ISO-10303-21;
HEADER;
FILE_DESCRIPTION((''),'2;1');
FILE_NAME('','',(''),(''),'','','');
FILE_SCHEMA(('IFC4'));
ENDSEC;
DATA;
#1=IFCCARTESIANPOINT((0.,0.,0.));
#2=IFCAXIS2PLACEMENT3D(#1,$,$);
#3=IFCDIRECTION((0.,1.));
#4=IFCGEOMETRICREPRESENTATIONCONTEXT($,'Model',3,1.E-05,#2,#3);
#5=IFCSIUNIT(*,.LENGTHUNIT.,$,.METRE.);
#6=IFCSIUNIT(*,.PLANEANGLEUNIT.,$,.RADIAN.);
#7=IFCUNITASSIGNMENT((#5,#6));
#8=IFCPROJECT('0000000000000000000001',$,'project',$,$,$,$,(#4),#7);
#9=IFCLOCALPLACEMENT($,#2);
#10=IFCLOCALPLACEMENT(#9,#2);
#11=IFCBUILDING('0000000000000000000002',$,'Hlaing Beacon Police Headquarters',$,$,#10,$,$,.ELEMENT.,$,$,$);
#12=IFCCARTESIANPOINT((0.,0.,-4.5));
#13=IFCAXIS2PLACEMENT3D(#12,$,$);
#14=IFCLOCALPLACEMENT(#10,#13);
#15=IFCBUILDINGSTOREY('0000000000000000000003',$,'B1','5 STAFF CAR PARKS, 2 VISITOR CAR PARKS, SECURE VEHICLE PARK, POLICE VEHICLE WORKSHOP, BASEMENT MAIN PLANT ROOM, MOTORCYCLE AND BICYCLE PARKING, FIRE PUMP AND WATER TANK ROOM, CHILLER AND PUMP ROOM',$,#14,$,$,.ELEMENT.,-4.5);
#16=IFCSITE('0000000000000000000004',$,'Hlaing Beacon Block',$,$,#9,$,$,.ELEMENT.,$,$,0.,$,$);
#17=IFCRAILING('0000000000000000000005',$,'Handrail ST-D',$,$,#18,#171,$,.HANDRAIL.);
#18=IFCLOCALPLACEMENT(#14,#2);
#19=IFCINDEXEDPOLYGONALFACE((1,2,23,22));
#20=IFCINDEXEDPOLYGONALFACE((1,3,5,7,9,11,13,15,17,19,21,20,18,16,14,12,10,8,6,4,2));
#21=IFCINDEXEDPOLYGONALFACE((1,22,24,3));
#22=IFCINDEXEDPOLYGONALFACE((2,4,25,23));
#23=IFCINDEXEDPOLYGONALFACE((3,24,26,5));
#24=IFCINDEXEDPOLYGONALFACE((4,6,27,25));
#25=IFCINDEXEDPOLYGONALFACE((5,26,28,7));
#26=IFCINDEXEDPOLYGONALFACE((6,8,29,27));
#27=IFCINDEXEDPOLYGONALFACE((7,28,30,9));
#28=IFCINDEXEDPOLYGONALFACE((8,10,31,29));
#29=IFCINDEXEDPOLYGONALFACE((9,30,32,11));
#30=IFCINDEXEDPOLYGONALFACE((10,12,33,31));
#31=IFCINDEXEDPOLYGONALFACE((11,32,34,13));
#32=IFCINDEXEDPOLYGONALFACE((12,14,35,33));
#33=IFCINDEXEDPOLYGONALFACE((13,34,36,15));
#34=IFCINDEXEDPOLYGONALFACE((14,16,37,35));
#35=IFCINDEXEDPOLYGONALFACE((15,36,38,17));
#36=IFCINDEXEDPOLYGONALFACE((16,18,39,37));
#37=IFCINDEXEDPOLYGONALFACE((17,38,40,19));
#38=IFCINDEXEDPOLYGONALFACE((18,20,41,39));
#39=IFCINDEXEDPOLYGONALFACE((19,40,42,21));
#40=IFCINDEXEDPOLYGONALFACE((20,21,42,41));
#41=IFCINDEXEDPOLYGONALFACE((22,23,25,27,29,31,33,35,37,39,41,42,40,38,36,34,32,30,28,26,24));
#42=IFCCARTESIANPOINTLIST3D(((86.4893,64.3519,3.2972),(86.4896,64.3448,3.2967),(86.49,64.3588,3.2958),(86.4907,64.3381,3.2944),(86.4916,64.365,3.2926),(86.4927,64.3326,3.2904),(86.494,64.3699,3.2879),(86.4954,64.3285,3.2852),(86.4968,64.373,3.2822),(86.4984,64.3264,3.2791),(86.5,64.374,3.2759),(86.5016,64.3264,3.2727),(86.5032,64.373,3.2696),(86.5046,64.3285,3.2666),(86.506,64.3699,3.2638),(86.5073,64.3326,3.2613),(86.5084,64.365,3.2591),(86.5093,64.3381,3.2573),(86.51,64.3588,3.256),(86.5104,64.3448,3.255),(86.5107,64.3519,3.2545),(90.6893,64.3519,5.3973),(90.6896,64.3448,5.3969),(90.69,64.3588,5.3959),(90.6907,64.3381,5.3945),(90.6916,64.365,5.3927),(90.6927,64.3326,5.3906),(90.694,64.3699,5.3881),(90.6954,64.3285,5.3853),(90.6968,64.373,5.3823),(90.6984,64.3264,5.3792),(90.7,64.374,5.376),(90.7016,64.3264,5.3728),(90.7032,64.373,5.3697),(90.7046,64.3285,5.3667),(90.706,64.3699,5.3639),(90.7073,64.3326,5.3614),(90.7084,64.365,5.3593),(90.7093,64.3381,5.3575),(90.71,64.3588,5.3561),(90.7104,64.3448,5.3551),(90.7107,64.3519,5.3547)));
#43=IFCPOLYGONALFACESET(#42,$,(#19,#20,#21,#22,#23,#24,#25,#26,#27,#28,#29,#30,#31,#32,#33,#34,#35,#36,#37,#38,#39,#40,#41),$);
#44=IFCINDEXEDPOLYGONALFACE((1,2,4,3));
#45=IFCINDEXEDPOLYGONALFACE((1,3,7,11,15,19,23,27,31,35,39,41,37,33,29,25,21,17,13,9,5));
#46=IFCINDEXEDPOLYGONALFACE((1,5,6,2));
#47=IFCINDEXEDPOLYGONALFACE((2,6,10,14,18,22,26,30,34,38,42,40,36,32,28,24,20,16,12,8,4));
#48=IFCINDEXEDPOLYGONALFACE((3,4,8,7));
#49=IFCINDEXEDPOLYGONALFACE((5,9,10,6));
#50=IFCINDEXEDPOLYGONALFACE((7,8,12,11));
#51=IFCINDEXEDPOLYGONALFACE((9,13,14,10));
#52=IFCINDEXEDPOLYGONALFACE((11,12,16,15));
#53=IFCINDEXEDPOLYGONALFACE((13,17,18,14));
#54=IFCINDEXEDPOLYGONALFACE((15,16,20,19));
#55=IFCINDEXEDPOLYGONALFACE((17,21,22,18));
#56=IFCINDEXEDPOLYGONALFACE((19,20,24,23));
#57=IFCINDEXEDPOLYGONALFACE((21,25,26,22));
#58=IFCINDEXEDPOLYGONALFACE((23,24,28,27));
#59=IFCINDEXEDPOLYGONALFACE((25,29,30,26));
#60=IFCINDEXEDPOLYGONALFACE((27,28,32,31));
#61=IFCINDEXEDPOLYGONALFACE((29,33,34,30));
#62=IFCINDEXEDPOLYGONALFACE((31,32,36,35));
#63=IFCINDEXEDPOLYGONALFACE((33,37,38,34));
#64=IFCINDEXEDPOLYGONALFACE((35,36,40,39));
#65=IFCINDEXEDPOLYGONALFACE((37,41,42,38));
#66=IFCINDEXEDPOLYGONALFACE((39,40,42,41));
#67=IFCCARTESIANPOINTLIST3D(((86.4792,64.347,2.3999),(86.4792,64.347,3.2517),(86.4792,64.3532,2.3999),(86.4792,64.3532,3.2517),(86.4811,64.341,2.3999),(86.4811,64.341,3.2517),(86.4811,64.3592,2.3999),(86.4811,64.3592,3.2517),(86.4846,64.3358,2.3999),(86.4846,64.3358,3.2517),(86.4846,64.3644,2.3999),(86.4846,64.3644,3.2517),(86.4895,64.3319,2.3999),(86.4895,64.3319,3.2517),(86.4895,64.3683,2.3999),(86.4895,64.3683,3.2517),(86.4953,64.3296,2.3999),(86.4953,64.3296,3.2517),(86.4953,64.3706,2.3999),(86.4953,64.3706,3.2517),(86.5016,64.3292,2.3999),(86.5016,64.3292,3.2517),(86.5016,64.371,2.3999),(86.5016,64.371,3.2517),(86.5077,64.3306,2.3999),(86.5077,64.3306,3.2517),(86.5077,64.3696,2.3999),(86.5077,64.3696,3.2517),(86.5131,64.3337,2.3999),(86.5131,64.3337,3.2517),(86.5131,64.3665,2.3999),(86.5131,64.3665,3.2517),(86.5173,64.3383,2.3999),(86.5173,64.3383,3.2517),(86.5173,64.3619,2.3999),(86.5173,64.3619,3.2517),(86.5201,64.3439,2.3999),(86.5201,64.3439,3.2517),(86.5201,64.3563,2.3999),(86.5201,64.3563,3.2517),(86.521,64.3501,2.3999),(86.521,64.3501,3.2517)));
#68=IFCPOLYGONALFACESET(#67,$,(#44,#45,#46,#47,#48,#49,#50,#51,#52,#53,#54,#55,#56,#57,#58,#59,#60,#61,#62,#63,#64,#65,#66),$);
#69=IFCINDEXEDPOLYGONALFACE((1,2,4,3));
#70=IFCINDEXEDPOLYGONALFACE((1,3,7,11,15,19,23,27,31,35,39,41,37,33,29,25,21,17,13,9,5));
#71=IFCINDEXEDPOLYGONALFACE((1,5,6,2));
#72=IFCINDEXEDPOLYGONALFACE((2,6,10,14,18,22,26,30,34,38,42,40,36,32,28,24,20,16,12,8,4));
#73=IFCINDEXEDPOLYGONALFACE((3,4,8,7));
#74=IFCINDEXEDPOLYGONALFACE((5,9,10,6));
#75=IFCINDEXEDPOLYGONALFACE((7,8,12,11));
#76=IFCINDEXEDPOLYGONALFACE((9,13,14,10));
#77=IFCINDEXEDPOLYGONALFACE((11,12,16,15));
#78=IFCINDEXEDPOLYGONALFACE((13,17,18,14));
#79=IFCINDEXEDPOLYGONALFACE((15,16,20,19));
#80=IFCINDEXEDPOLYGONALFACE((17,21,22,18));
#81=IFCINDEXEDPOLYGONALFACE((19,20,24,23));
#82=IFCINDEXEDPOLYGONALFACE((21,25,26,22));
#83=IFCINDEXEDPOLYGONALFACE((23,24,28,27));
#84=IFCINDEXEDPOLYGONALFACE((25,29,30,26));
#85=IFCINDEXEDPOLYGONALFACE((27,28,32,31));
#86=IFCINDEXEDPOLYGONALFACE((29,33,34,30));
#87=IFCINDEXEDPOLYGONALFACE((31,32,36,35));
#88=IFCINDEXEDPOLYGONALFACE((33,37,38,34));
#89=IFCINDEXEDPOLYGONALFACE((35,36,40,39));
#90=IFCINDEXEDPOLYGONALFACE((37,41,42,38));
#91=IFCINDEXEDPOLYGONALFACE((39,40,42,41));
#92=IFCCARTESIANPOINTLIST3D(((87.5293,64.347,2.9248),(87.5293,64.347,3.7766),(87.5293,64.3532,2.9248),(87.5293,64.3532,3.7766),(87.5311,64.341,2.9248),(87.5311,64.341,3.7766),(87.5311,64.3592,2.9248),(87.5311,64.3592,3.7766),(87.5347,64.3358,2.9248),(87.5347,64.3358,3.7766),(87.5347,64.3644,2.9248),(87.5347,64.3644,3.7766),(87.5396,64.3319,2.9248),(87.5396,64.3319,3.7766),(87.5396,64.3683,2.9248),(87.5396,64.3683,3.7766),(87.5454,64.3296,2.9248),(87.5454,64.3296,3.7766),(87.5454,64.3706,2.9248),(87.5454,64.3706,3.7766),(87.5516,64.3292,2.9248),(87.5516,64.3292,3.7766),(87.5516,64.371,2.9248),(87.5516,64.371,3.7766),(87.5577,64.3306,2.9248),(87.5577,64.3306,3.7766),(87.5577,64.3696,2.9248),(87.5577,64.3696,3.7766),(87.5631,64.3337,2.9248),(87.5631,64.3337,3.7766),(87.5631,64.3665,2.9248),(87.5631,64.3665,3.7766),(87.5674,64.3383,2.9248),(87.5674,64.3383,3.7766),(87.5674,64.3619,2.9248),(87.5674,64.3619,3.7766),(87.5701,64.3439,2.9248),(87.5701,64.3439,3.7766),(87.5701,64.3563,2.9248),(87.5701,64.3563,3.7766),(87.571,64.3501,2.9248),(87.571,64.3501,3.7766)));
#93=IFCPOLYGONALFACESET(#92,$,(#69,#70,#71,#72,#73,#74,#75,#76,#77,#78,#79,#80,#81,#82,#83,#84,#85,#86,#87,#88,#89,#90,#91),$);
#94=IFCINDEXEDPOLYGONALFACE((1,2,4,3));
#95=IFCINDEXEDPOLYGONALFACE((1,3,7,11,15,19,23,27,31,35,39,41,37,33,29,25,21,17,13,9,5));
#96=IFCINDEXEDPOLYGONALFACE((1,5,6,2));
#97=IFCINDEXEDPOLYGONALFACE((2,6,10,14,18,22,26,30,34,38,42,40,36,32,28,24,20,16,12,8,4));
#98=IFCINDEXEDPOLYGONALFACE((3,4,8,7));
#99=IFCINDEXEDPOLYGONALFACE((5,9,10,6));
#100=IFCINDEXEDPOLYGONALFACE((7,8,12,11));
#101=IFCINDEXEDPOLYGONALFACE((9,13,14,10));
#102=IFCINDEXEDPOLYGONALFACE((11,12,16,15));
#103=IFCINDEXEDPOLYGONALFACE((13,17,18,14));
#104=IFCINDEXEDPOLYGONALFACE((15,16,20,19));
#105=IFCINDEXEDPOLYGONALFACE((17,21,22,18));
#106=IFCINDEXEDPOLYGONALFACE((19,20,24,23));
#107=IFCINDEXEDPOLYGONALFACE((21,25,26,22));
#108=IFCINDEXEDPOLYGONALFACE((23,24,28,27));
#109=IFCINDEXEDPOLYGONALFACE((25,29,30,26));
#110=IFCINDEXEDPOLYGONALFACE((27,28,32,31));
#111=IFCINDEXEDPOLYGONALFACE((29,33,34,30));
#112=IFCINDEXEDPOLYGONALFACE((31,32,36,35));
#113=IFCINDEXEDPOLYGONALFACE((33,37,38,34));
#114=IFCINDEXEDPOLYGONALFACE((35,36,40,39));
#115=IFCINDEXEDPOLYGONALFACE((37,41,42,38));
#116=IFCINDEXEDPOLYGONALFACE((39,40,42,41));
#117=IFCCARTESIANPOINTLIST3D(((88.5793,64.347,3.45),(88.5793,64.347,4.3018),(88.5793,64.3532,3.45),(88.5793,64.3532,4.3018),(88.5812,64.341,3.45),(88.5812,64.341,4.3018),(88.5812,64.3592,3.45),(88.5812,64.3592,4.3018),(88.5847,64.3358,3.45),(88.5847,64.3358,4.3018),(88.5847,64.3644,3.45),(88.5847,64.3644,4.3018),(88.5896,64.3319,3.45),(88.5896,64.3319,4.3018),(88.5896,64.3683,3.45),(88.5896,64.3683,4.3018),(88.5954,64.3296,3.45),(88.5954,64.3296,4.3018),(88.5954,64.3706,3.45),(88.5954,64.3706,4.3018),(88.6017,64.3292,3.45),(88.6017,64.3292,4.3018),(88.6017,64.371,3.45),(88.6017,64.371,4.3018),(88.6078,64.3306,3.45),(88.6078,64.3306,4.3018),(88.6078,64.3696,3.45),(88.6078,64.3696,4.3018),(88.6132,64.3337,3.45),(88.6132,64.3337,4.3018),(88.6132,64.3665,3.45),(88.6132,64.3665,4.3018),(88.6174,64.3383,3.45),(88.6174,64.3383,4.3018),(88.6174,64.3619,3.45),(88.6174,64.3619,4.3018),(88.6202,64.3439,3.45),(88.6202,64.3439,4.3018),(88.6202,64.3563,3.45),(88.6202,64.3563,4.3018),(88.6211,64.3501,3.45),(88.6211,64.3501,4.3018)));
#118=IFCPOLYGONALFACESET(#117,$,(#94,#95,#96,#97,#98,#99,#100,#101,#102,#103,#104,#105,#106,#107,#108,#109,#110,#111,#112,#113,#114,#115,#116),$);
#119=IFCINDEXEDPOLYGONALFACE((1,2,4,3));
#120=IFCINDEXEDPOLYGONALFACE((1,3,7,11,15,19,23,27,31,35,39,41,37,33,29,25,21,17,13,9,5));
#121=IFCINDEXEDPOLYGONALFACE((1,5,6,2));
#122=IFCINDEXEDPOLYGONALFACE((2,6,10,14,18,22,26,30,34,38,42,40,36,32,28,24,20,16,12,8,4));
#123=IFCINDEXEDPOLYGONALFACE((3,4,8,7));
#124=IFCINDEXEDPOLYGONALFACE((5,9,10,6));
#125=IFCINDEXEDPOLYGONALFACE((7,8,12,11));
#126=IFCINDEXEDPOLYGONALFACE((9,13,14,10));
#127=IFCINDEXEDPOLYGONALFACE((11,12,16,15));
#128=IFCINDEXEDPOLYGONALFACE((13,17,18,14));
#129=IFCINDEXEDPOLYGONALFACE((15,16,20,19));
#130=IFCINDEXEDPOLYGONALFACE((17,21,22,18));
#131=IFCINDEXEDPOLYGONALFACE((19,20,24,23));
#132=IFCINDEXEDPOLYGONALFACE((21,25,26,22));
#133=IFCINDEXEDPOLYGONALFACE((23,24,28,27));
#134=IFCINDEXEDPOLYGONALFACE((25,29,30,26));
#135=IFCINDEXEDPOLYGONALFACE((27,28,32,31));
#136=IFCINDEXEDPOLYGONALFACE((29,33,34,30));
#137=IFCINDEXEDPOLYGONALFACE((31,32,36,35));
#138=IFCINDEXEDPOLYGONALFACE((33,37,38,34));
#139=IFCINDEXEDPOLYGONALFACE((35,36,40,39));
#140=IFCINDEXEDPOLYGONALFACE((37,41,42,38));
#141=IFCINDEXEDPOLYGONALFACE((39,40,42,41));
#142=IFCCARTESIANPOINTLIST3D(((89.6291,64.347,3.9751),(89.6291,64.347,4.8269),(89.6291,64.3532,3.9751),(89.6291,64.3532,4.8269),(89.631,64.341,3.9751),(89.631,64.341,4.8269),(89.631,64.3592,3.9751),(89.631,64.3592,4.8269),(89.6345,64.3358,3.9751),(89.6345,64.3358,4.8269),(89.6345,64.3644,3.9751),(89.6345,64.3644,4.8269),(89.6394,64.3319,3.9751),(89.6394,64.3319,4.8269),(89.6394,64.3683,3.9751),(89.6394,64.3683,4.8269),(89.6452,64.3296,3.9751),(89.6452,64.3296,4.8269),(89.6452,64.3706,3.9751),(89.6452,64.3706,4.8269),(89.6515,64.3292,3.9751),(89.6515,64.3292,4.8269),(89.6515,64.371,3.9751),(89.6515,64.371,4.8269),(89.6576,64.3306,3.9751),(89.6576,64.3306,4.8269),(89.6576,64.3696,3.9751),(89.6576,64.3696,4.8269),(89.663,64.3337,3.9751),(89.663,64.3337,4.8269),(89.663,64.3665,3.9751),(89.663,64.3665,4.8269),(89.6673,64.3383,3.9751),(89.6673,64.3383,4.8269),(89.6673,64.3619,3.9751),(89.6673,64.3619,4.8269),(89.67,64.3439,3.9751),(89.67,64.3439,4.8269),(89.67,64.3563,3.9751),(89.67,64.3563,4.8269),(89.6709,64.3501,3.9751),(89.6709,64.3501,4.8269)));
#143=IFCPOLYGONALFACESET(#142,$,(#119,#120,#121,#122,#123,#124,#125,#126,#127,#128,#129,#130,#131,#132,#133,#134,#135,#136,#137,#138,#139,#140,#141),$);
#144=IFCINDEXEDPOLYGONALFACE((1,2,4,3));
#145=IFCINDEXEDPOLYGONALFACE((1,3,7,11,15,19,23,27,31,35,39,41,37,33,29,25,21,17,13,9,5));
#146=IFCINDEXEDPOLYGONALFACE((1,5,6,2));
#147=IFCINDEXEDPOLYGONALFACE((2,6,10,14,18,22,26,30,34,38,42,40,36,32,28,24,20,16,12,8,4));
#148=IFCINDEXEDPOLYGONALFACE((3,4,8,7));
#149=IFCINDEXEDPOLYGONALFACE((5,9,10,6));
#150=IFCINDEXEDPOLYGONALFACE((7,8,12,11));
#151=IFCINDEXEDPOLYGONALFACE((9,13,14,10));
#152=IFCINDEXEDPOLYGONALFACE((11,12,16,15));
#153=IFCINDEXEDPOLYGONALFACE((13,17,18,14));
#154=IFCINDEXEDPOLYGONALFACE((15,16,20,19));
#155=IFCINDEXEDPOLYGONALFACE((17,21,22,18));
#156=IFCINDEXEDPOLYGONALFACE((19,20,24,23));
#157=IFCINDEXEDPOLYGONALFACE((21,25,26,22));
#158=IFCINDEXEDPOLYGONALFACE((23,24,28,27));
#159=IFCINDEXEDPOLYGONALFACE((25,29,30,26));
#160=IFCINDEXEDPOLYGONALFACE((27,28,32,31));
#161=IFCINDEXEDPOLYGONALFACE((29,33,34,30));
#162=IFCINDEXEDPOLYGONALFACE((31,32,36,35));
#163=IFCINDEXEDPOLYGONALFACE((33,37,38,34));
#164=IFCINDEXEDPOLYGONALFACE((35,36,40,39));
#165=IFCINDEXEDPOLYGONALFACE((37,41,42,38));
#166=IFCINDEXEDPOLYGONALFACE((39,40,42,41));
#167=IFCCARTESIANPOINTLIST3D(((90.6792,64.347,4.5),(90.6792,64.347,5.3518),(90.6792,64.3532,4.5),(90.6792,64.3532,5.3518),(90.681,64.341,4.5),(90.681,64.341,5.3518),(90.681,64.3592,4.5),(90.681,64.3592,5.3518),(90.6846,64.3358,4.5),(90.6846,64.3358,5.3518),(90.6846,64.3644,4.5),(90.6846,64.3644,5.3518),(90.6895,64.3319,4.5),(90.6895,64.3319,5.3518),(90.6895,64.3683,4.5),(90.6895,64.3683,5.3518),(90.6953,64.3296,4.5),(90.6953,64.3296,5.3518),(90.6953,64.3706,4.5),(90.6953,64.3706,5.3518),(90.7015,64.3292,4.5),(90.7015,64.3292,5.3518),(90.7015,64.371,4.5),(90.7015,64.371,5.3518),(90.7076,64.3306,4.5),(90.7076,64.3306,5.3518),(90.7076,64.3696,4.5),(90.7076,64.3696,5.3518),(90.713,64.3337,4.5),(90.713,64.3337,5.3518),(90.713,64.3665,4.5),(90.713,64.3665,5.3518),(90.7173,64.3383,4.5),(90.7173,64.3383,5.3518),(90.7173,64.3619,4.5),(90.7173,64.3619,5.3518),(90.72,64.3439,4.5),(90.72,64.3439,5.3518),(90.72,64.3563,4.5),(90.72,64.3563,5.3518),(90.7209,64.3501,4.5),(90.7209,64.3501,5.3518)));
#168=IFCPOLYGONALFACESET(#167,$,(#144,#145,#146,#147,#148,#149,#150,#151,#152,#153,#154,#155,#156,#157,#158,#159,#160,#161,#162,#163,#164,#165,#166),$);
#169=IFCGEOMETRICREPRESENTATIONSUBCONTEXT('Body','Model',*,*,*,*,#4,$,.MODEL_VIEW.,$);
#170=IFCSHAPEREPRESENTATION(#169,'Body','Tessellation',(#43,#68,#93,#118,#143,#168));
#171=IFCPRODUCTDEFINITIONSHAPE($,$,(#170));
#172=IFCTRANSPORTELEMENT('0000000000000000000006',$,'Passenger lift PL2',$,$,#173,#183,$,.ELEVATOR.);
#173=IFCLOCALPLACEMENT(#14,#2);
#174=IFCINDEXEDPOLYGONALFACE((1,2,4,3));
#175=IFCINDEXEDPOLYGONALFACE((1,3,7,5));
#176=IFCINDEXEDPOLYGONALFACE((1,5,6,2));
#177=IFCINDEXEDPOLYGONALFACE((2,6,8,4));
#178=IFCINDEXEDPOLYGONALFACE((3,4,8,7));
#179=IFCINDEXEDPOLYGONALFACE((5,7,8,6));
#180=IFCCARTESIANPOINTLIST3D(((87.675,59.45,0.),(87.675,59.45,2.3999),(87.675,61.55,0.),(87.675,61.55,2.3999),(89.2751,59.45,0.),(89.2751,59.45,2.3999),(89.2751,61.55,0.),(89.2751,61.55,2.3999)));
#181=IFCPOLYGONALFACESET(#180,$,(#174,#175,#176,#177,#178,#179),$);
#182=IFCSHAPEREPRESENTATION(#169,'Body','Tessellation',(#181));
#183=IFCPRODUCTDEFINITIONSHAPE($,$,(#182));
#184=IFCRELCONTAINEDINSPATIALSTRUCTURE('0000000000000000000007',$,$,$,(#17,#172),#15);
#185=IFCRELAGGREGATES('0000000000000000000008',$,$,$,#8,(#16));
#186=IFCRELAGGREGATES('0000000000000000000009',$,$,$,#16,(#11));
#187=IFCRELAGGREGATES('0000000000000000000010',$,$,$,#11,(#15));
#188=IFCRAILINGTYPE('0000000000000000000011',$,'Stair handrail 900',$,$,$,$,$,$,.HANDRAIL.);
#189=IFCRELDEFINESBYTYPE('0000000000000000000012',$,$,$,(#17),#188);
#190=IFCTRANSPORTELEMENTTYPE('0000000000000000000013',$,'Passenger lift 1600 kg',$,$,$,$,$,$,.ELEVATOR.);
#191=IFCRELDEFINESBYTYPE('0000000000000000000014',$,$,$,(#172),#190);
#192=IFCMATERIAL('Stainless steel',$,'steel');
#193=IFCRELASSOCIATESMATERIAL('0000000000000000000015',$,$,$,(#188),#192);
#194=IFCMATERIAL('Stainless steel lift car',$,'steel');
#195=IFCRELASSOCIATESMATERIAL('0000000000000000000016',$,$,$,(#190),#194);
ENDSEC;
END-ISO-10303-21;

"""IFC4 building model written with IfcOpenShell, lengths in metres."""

from ifc_helpers import new_model, si_unit, direction, frame, origin, origin_2d, place, context, subcontext, project, spatial, rectangle, circle, extrude, material, type_object, element, save


model = new_model("IFC4")

# Units and contexts
model_context = context("Model", 3, precision=1e-05, world=origin(), true_north=direction((0.0, 1.0)))
body_context = subcontext(model_context, "Body", "Model", "MODEL_VIEW")
ifc_project = project(units=[si_unit("LENGTHUNIT", "METRE"), si_unit("PLANEANGLEUNIT", "RADIAN")], contexts=[model_context])

# Site, building, storey
site_placement = place(None, origin())
site = spatial("IfcSite", under=ifc_project, at=site_placement, Name="Hlaing Beacon Block", CompositionType="ELEMENT", RefElevation=0.0)
building_placement = place(site_placement, origin())
building = spatial("IfcBuilding", under=site, at=building_placement, Name="Hlaing Beacon Police Headquarters", CompositionType="ELEMENT")
storey_placement = place(building_placement, frame((0.0, 0.0, -4.5)))
storey = spatial("IfcBuildingStorey", under=building, at=storey_placement, Name="B1", Description="5 STAFF CAR PARKS, 2 VISITOR CAR PARKS, SECURE VEHICLE PARK, POLICE VEHICLE WORKSHOP, BASEMENT MAIN PLANT ROOM, MOTORCYCLE AND BICYCLE PARKING, FIRE PUMP AND WATER TANK ROOM, CHILLER AND PUMP ROOM", CompositionType="ELEMENT", Elevation=-4.5)

# Railing
ifc_material_1 = material(Name="Stainless steel", Category="steel")
railing_type = type_object("IfcRailingType", Name="Stair handrail 900", PredefinedType="HANDRAIL", material=ifc_material_1)
for number, where, name in (
    (1, (86.5, 64.3501, 2.3999), "Handrail ST-D"),
):
    element("IfcRailing", number, at=place(storey_placement, frame(where)), inside=storey, type_object=railing_type, Name=name, PredefinedType="HANDRAIL", context=body_context, shape_type="SweptSolid", body=[
        extrude(circle(Radius=0.0239, at=origin_2d()), frame((0.0, 0.0, 0.876), z_axis=(0.894417, 0.0, 0.447234), x_axis=(0.0, 1.0, 0.0)), (0.0, 0.0, 1.0), 4.6958),
        extrude(circle(Radius=0.021, at=origin_2d()), origin(), (0.0, 0.0, 1.0), 0.8518),
        extrude(circle(Radius=0.021, at=origin_2d()), frame((1.05, 0.0, 0.5249)), (0.0, 0.0, 1.0), 0.8518),
        extrude(circle(Radius=0.021, at=origin_2d()), frame((2.1001, 0.0, 1.05)), (0.0, 0.0, 1.0), 0.8518),
        extrude(circle(Radius=0.021, at=origin_2d()), frame((3.1499, 0.0, 1.5752)), (0.0, 0.0, 1.0), 0.8518),
        extrude(circle(Radius=0.021, at=origin_2d()), frame((4.2, 0.0, 2.1001)), (0.0, 0.0, 1.0), 0.8518),
    ])

# Transport element
ifc_material_2 = material(Name="Stainless steel lift car", Category="steel")
transport_element_type = type_object("IfcTransportElementType", Name="Passenger lift 1600 kg", PredefinedType="ELEVATOR", material=ifc_material_2)
transport_element_placement = place(storey_placement, frame((88.4751, 60.5, 0.0), z_axis=(0.0, 0.0, 1.0), x_axis=(1.0, 0.0, 0.0)))
element("IfcTransportElement", 2, at=transport_element_placement, inside=storey, type_object=transport_element_type, Name="Passenger lift PL2", PredefinedType="ELEVATOR", context=body_context, shape_type="SweptSolid", body=[
    extrude(rectangle(XDim=1.6001, YDim=2.1001, at=origin_2d()), origin(), (0.0, 0.0, 1.0), 2.3999),
])

save(model, "model.ifc")
